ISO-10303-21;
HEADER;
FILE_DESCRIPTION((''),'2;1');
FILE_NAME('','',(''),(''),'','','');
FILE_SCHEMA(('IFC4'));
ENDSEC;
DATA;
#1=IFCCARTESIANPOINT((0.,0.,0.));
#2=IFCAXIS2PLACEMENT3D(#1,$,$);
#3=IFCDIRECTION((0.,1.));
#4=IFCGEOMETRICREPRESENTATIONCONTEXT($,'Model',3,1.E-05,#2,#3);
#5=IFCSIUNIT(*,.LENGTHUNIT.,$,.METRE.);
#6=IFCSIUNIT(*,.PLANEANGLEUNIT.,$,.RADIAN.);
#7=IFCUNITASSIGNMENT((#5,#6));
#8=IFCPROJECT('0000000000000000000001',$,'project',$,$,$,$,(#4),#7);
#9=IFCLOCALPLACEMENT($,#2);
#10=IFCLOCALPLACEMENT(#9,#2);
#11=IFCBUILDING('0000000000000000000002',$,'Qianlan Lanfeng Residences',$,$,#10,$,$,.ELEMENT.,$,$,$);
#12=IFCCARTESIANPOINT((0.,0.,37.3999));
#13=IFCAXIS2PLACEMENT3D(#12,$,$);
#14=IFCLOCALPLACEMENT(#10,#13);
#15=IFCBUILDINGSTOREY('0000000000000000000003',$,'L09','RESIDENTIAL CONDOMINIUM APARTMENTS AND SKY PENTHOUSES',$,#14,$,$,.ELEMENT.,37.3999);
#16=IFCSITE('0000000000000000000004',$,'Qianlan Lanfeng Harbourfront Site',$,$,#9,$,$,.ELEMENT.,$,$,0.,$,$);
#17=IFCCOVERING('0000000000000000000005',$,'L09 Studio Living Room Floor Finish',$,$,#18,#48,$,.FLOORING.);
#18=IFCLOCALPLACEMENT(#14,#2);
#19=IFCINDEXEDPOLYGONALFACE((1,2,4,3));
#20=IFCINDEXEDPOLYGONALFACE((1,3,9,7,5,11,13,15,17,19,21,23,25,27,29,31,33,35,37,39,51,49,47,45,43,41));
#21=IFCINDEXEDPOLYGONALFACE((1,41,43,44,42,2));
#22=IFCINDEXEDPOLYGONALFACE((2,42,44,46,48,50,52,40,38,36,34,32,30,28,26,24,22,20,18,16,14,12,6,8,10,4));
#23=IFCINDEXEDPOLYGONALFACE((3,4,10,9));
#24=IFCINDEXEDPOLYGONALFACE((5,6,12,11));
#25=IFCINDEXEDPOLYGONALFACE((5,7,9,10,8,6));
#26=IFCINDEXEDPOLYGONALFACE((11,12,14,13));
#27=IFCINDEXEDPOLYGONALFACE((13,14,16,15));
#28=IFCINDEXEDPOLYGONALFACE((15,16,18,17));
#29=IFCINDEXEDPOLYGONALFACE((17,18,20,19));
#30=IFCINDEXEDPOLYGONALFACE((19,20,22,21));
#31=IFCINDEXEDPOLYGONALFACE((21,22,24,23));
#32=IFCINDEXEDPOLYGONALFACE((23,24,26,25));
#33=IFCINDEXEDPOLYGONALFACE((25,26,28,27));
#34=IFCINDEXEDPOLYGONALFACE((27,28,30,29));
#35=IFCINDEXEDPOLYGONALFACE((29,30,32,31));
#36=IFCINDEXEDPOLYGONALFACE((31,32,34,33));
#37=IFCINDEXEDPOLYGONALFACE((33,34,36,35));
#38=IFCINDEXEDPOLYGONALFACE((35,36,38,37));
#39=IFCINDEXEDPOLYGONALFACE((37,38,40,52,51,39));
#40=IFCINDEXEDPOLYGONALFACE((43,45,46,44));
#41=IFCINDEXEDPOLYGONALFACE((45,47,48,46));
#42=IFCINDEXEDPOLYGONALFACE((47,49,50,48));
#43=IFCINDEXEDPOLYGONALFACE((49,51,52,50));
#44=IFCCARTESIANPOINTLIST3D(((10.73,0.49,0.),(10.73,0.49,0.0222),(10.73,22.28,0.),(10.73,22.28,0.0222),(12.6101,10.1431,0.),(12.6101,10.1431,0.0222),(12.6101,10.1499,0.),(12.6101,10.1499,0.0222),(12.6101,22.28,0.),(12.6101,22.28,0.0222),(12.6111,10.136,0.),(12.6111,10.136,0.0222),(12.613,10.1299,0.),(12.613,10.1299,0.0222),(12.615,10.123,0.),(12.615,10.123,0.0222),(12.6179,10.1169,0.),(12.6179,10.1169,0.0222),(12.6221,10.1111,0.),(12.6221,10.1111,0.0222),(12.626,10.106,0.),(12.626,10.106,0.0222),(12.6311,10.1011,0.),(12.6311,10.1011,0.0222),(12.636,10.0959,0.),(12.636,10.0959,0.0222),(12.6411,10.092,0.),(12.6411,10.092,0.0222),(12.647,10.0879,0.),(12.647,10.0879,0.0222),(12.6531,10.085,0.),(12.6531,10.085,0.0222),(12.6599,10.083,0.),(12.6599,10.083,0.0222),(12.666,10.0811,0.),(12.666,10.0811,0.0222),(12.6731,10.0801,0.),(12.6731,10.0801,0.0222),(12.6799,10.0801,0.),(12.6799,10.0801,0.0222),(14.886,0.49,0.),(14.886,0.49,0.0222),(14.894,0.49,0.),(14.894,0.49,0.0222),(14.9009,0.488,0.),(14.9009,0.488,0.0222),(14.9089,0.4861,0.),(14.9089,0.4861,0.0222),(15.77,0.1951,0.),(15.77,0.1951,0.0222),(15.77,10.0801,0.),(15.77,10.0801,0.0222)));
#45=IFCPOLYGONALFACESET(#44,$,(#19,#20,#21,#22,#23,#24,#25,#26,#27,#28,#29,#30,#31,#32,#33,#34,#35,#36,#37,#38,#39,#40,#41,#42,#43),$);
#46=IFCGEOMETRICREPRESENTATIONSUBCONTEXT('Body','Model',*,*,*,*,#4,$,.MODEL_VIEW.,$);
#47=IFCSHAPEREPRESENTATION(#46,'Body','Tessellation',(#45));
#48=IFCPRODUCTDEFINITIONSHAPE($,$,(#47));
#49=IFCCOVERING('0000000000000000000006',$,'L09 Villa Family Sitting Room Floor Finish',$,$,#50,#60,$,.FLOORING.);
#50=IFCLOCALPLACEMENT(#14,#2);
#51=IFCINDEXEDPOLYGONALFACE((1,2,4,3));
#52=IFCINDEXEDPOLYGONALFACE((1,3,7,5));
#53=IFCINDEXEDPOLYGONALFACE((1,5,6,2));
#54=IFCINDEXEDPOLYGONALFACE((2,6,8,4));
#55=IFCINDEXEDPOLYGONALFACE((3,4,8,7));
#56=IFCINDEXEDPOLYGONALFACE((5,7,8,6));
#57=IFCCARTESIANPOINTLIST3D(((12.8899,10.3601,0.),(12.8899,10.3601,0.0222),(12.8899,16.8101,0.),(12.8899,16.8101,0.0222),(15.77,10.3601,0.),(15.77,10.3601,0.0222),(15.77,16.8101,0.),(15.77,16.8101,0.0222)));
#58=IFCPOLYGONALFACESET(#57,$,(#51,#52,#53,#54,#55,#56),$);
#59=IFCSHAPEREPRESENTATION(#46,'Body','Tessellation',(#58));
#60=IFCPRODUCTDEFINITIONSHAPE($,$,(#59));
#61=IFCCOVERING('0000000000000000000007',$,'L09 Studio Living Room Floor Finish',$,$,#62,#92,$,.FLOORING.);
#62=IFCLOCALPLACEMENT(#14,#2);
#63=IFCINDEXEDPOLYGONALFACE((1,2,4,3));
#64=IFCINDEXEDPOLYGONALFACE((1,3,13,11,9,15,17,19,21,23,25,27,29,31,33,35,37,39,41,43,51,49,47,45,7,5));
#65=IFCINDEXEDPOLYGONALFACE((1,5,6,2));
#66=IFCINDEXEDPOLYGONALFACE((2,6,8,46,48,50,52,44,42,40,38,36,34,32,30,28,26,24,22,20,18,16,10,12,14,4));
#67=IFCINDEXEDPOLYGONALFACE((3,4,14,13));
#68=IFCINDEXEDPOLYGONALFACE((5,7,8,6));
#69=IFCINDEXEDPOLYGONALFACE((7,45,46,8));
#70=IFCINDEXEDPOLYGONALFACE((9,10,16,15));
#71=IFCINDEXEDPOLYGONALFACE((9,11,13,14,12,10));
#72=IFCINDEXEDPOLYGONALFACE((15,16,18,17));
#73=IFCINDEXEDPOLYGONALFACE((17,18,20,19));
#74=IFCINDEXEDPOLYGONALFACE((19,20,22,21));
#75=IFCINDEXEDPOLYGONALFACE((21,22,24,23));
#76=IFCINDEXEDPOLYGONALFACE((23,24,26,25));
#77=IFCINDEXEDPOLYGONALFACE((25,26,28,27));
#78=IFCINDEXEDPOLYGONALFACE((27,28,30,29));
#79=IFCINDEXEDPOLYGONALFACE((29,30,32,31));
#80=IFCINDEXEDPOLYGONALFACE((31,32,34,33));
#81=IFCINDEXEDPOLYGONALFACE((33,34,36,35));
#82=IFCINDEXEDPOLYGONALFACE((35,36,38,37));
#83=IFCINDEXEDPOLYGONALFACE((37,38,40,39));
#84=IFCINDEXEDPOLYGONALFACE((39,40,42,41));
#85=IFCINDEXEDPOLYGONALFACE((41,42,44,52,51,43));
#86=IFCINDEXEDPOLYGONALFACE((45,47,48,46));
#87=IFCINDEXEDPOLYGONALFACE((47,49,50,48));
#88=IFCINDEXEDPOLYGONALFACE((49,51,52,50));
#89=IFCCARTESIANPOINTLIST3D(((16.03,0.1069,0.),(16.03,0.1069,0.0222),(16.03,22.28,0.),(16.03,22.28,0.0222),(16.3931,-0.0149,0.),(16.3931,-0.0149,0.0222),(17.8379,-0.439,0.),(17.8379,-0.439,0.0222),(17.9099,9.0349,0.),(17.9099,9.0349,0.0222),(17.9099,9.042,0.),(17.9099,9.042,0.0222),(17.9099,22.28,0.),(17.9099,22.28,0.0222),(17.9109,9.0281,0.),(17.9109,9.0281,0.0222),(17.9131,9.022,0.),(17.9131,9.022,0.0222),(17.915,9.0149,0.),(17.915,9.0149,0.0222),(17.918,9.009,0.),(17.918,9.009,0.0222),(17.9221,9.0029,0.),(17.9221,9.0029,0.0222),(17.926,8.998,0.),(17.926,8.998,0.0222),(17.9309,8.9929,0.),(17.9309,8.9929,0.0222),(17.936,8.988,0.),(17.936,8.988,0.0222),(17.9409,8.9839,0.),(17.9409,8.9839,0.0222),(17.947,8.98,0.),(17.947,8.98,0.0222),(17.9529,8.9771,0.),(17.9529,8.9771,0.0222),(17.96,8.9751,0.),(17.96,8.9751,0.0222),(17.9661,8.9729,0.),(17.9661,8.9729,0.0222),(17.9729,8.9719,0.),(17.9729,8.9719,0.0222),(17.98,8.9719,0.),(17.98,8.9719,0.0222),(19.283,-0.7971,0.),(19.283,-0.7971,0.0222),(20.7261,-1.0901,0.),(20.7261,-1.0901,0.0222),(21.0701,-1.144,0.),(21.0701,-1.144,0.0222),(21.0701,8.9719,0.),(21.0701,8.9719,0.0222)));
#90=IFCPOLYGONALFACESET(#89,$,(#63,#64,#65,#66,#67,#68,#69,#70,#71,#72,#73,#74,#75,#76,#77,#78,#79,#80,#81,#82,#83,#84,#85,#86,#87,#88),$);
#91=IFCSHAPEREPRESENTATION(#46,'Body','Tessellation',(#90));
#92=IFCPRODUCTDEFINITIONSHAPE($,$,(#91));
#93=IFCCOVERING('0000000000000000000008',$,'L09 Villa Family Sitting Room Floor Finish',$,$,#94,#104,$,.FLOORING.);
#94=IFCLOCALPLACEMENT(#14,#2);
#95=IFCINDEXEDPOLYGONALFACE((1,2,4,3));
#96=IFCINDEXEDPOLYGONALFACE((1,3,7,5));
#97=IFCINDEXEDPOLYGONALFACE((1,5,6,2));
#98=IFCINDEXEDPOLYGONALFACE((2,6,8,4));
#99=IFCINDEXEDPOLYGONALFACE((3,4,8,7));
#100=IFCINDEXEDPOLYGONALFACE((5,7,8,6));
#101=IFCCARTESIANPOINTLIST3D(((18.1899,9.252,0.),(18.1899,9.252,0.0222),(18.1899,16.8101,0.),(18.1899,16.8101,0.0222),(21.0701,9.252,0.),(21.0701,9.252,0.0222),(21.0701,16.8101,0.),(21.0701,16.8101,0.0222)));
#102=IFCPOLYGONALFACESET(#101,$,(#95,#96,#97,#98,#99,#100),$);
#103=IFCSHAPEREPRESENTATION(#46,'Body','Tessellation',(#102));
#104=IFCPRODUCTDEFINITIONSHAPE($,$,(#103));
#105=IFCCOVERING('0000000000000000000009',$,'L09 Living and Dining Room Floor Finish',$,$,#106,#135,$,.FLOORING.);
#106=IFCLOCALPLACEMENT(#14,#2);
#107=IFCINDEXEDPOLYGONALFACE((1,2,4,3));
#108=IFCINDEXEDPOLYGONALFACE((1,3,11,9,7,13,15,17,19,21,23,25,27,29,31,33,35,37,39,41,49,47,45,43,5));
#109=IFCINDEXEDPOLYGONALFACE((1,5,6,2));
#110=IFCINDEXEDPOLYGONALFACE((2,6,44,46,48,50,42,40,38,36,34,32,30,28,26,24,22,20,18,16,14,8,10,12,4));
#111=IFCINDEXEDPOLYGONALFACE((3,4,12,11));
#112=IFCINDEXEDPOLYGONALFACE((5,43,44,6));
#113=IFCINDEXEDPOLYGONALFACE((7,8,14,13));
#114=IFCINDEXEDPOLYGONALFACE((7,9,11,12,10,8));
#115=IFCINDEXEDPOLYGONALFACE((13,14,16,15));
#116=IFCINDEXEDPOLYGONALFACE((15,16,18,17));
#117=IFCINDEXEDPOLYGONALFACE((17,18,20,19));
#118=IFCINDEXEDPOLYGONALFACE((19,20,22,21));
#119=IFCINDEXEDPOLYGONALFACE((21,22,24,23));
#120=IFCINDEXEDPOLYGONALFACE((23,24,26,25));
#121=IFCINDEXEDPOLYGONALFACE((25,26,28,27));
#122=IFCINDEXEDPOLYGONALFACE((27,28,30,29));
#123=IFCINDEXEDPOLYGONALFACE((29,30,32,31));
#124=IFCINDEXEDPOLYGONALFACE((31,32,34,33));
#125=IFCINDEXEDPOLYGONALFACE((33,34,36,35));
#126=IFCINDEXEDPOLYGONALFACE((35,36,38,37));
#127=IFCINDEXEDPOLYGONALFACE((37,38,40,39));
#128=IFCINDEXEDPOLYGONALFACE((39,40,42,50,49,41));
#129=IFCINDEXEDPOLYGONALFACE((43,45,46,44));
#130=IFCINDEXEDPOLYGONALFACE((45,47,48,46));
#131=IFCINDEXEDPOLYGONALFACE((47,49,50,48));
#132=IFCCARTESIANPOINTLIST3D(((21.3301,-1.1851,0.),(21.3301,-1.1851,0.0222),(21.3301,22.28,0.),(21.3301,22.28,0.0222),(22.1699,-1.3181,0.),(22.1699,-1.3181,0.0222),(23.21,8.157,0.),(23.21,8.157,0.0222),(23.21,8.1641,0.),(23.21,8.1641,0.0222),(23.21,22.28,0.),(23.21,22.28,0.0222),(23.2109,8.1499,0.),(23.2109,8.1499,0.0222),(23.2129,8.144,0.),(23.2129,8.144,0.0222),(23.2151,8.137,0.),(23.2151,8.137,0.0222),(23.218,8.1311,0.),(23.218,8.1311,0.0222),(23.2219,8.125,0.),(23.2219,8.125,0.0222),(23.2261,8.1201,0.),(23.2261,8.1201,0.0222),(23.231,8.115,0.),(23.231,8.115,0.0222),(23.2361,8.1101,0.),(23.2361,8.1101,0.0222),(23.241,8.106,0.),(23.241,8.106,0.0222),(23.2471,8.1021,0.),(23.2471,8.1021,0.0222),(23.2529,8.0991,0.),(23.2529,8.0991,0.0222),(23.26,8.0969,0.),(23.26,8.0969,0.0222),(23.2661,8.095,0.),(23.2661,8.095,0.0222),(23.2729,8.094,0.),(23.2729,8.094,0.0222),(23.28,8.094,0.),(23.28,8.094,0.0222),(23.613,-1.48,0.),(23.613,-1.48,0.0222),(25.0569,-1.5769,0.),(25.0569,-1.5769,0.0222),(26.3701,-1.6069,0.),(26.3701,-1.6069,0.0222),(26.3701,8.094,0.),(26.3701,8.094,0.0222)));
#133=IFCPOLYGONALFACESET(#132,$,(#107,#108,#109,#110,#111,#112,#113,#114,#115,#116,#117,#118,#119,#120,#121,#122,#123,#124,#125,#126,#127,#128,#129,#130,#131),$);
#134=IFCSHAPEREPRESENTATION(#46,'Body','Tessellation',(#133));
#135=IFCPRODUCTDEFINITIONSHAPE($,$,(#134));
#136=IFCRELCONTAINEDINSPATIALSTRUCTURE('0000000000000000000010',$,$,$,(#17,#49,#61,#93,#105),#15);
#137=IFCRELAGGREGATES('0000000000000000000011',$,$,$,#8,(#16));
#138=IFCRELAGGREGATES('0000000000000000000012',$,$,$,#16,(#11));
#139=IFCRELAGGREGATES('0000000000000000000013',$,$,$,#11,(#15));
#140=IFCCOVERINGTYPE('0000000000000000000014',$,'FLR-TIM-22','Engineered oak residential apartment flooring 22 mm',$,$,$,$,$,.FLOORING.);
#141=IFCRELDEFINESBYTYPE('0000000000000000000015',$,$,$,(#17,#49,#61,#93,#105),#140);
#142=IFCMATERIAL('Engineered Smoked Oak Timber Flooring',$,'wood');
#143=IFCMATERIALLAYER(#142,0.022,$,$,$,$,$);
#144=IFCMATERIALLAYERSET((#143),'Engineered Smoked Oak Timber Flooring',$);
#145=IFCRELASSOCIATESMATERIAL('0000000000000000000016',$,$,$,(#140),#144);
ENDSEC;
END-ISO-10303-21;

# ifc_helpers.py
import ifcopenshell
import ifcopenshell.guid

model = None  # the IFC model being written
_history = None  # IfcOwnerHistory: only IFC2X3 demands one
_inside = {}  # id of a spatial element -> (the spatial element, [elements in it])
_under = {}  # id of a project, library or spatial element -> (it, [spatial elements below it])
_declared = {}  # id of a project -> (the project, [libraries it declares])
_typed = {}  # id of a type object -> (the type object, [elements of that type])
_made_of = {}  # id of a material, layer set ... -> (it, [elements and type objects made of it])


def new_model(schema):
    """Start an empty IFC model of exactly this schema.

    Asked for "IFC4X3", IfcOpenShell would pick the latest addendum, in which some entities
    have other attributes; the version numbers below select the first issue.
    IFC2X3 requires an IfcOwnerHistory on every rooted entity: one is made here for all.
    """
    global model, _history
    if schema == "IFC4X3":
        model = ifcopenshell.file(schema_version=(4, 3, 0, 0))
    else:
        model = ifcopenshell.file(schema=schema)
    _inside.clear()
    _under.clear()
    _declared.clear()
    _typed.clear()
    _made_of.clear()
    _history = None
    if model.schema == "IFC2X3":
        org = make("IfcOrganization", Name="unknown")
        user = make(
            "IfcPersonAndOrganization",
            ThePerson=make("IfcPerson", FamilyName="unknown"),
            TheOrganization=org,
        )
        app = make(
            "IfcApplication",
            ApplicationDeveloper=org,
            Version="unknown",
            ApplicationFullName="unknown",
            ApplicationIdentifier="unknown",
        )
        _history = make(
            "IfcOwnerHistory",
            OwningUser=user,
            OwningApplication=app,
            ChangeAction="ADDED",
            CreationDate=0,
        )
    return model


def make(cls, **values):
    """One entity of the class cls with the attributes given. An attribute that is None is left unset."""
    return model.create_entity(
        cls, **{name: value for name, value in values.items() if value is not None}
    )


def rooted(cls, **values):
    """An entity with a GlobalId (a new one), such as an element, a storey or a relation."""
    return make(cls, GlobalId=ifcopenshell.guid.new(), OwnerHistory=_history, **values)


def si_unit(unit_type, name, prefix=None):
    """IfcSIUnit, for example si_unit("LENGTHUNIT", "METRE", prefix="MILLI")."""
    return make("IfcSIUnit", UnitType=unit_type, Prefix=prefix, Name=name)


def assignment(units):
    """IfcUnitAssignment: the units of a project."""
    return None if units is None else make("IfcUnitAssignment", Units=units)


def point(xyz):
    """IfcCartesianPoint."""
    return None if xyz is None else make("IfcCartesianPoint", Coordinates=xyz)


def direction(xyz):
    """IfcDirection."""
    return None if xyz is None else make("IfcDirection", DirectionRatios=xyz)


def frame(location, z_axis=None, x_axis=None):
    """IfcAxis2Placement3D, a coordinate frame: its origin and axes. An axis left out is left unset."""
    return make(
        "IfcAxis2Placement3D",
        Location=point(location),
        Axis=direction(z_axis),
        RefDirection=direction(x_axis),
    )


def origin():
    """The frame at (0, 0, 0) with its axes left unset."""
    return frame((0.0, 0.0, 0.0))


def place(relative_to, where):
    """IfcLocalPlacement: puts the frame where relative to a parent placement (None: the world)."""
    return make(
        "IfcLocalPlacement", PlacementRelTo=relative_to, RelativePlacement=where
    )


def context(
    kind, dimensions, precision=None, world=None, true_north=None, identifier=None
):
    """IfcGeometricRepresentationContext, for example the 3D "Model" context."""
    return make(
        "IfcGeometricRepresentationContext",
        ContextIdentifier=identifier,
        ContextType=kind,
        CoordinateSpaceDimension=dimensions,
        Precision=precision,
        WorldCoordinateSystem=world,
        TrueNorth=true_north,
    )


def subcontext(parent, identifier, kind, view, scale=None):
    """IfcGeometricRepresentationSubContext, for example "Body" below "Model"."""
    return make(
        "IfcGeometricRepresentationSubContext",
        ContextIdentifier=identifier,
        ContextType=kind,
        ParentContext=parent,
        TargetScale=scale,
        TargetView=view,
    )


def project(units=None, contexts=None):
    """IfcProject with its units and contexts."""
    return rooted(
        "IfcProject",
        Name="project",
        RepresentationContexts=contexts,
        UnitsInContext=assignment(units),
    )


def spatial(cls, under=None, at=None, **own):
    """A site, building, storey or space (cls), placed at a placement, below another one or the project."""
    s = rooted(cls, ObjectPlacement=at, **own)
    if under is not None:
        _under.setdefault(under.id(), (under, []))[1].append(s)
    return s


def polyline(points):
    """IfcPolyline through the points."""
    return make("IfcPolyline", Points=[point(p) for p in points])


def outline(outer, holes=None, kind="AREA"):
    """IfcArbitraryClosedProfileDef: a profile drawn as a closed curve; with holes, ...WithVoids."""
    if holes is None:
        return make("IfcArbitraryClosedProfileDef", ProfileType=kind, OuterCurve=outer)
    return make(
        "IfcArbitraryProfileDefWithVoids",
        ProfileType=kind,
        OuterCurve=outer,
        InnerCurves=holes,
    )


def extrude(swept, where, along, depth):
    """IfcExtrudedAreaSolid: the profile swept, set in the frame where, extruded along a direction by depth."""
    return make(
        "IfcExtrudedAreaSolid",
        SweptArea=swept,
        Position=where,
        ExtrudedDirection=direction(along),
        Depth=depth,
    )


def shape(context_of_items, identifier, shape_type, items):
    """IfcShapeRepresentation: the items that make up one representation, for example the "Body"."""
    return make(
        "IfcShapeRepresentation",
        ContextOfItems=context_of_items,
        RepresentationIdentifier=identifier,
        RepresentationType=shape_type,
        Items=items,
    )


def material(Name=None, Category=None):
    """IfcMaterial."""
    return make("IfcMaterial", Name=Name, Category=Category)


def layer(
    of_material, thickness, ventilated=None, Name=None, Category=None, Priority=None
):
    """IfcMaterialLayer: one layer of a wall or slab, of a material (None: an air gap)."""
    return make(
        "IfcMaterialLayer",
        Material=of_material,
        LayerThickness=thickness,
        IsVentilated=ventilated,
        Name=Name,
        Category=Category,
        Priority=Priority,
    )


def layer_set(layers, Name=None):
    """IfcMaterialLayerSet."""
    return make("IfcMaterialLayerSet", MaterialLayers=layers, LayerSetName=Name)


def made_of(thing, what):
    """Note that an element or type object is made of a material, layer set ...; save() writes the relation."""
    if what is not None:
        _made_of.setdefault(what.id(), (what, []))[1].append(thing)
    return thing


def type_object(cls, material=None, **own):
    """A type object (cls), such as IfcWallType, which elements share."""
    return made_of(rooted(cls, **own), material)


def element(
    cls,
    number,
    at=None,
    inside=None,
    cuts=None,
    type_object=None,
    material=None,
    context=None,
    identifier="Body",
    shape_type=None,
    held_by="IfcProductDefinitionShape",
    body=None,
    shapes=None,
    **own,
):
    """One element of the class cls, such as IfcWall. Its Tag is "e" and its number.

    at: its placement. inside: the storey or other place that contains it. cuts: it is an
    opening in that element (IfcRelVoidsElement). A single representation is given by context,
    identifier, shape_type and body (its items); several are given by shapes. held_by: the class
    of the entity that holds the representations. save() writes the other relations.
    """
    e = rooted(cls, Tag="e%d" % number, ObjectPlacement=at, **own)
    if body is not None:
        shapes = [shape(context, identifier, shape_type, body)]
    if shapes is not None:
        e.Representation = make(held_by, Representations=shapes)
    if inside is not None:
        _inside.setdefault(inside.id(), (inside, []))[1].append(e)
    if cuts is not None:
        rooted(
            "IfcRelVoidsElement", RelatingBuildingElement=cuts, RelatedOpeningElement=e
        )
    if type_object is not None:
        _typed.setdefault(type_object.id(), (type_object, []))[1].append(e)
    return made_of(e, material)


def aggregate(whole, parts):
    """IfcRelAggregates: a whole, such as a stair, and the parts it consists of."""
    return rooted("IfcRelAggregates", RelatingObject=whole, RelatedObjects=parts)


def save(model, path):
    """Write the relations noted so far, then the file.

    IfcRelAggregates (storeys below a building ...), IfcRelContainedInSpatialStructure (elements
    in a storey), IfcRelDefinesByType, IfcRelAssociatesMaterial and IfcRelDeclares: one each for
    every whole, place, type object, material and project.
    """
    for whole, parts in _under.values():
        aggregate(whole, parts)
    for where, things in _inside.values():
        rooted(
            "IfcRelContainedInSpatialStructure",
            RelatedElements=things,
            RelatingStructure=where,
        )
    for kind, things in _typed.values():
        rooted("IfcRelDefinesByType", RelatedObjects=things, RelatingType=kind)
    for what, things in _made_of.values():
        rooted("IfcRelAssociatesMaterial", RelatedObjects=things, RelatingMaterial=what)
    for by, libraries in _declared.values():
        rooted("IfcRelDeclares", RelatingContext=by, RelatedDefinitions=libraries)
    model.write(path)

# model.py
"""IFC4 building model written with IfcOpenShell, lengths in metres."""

from ifc_helpers import new_model, si_unit, direction, frame, origin, place, context, subcontext, project, spatial, polyline, outline, extrude, material, layer, layer_set, type_object, element, save


model = new_model("IFC4")

# Units and contexts
model_context = context("Model", 3, precision=1e-05, world=origin(), true_north=direction((0.0, 1.0)))
body_context = subcontext(model_context, "Body", "Model", "MODEL_VIEW")
ifc_project = project(units=[si_unit("LENGTHUNIT", "METRE"), si_unit("PLANEANGLEUNIT", "RADIAN")], contexts=[model_context])

# Site, building, storey
site_placement = place(None, origin())
site = spatial("IfcSite", under=ifc_project, at=site_placement, Name="Qianlan Lanfeng Harbourfront Site", CompositionType="ELEMENT", RefElevation=0.0)
building_placement = place(site_placement, origin())
building = spatial("IfcBuilding", under=site, at=building_placement, Name="Qianlan Lanfeng Residences", CompositionType="ELEMENT")
storey_placement = place(building_placement, frame((0.0, 0.0, 37.3999)))
storey = spatial("IfcBuildingStorey", under=building, at=storey_placement, Name="L09", Description="RESIDENTIAL CONDOMINIUM APARTMENTS AND SKY PENTHOUSES", CompositionType="ELEMENT", Elevation=37.3999)

# Coverings
ifc_material_1 = material(Name="Engineered Smoked Oak Timber Flooring", Category="wood")
ifc_layer_1 = layer(ifc_material_1, 0.022)
ifc_layer_set_1 = layer_set([ifc_layer_1], Name="Engineered Smoked Oak Timber Flooring")
covering_type_1 = type_object("IfcCoveringType", Name="FLR-TIM-22", Description="Engineered oak residential apartment flooring 22 mm", PredefinedType="FLOORING", material=ifc_layer_set_1)
covering_1_placement = place(storey_placement, origin())
element("IfcCovering", 1, at=covering_1_placement, inside=storey, type_object=covering_type_1, Name="L09 Studio Living Room Floor Finish", PredefinedType="FLOORING", context=body_context, shape_type="SweptSolid", body=[
    extrude(outline(polyline([(15.77, 0.1951), (15.77, 10.0801), (12.6799, 10.0801), (12.6731, 10.0801), (12.666, 10.0811), (12.6599, 10.083), (12.6531, 10.085), (12.647, 10.0879), (12.6411, 10.092), (12.636, 10.0959), (12.6311, 10.1011), (12.626, 10.106), (12.6221, 10.1111), (12.6179, 10.1169), (12.615, 10.123), (12.613, 10.1299), (12.6111, 10.136), (12.6101, 10.1431), (12.6101, 10.1499), (12.6101, 22.28), (10.73, 22.28), (10.73, 0.49), (14.886, 0.49), (14.894, 0.49), (14.9009, 0.488), (14.9089, 0.4861), (15.77, 0.1951)])), origin(), (0.0, 0.0, 1.0), 0.0222),
])
covering_2_placement = place(storey_placement, origin())
element("IfcCovering", 2, at=covering_2_placement, inside=storey, type_object=covering_type_1, Name="L09 Villa Family Sitting Room Floor Finish", PredefinedType="FLOORING", context=body_context, shape_type="SweptSolid", body=[
    extrude(outline(polyline([(12.8899, 16.8101), (12.8899, 10.3601), (15.77, 10.3601), (15.77, 16.8101), (12.8899, 16.8101)])), origin(), (0.0, 0.0, 1.0), 0.0222),
])
covering_3_placement = place(storey_placement, origin())
element("IfcCovering", 3, at=covering_3_placement, inside=storey, type_object=covering_type_1, Name="L09 Studio Living Room Floor Finish", PredefinedType="FLOORING", context=body_context, shape_type="SweptSolid", body=[
    extrude(outline(polyline([(21.0701, -1.144), (21.0701, 8.9719), (17.98, 8.9719), (17.9729, 8.9719), (17.9661, 8.9729), (17.96, 8.9751), (17.9529, 8.9771), (17.947, 8.98), (17.9409, 8.9839), (17.936, 8.988), (17.9309, 8.9929), (17.926, 8.998), (17.9221, 9.0029), (17.918, 9.009), (17.915, 9.0149), (17.9131, 9.022), (17.9109, 9.0281), (17.9099, 9.0349), (17.9099, 9.042), (17.9099, 22.28), (16.03, 22.28), (16.03, 0.1069), (16.3931, -0.0149), (17.8379, -0.439), (19.283, -0.7971), (20.7261, -1.0901), (21.0701, -1.144)])), origin(), (0.0, 0.0, 1.0), 0.0222),
])
covering_4_placement = place(storey_placement, origin())
element("IfcCovering", 4, at=covering_4_placement, inside=storey, type_object=covering_type_1, Name="L09 Villa Family Sitting Room Floor Finish", PredefinedType="FLOORING", context=body_context, shape_type="SweptSolid", body=[
    extrude(outline(polyline([(18.1899, 16.8101), (18.1899, 9.252), (21.0701, 9.252), (21.0701, 16.8101), (18.1899, 16.8101)])), origin(), (0.0, 0.0, 1.0), 0.0222),
])
covering_5_placement = place(storey_placement, origin())
element("IfcCovering", 5, at=covering_5_placement, inside=storey, type_object=covering_type_1, Name="L09 Living and Dining Room Floor Finish", PredefinedType="FLOORING", context=body_context, shape_type="SweptSolid", body=[
    extrude(outline(polyline([(26.3701, -1.6069), (26.3701, 8.094), (23.28, 8.094), (23.2729, 8.094), (23.2661, 8.095), (23.26, 8.0969), (23.2529, 8.0991), (23.2471, 8.1021), (23.241, 8.106), (23.2361, 8.1101), (23.231, 8.115), (23.2261, 8.1201), (23.2219, 8.125), (23.218, 8.1311), (23.2151, 8.137), (23.2129, 8.144), (23.2109, 8.1499), (23.21, 8.157), (23.21, 8.1641), (23.21, 22.28), (21.3301, 22.28), (21.3301, -1.1851), (22.1699, -1.3181), (23.613, -1.48), (25.0569, -1.5769), (26.3701, -1.6069)])), origin(), (0.0, 0.0, 1.0), 0.0222),
])

save(model, "model.ifc")
